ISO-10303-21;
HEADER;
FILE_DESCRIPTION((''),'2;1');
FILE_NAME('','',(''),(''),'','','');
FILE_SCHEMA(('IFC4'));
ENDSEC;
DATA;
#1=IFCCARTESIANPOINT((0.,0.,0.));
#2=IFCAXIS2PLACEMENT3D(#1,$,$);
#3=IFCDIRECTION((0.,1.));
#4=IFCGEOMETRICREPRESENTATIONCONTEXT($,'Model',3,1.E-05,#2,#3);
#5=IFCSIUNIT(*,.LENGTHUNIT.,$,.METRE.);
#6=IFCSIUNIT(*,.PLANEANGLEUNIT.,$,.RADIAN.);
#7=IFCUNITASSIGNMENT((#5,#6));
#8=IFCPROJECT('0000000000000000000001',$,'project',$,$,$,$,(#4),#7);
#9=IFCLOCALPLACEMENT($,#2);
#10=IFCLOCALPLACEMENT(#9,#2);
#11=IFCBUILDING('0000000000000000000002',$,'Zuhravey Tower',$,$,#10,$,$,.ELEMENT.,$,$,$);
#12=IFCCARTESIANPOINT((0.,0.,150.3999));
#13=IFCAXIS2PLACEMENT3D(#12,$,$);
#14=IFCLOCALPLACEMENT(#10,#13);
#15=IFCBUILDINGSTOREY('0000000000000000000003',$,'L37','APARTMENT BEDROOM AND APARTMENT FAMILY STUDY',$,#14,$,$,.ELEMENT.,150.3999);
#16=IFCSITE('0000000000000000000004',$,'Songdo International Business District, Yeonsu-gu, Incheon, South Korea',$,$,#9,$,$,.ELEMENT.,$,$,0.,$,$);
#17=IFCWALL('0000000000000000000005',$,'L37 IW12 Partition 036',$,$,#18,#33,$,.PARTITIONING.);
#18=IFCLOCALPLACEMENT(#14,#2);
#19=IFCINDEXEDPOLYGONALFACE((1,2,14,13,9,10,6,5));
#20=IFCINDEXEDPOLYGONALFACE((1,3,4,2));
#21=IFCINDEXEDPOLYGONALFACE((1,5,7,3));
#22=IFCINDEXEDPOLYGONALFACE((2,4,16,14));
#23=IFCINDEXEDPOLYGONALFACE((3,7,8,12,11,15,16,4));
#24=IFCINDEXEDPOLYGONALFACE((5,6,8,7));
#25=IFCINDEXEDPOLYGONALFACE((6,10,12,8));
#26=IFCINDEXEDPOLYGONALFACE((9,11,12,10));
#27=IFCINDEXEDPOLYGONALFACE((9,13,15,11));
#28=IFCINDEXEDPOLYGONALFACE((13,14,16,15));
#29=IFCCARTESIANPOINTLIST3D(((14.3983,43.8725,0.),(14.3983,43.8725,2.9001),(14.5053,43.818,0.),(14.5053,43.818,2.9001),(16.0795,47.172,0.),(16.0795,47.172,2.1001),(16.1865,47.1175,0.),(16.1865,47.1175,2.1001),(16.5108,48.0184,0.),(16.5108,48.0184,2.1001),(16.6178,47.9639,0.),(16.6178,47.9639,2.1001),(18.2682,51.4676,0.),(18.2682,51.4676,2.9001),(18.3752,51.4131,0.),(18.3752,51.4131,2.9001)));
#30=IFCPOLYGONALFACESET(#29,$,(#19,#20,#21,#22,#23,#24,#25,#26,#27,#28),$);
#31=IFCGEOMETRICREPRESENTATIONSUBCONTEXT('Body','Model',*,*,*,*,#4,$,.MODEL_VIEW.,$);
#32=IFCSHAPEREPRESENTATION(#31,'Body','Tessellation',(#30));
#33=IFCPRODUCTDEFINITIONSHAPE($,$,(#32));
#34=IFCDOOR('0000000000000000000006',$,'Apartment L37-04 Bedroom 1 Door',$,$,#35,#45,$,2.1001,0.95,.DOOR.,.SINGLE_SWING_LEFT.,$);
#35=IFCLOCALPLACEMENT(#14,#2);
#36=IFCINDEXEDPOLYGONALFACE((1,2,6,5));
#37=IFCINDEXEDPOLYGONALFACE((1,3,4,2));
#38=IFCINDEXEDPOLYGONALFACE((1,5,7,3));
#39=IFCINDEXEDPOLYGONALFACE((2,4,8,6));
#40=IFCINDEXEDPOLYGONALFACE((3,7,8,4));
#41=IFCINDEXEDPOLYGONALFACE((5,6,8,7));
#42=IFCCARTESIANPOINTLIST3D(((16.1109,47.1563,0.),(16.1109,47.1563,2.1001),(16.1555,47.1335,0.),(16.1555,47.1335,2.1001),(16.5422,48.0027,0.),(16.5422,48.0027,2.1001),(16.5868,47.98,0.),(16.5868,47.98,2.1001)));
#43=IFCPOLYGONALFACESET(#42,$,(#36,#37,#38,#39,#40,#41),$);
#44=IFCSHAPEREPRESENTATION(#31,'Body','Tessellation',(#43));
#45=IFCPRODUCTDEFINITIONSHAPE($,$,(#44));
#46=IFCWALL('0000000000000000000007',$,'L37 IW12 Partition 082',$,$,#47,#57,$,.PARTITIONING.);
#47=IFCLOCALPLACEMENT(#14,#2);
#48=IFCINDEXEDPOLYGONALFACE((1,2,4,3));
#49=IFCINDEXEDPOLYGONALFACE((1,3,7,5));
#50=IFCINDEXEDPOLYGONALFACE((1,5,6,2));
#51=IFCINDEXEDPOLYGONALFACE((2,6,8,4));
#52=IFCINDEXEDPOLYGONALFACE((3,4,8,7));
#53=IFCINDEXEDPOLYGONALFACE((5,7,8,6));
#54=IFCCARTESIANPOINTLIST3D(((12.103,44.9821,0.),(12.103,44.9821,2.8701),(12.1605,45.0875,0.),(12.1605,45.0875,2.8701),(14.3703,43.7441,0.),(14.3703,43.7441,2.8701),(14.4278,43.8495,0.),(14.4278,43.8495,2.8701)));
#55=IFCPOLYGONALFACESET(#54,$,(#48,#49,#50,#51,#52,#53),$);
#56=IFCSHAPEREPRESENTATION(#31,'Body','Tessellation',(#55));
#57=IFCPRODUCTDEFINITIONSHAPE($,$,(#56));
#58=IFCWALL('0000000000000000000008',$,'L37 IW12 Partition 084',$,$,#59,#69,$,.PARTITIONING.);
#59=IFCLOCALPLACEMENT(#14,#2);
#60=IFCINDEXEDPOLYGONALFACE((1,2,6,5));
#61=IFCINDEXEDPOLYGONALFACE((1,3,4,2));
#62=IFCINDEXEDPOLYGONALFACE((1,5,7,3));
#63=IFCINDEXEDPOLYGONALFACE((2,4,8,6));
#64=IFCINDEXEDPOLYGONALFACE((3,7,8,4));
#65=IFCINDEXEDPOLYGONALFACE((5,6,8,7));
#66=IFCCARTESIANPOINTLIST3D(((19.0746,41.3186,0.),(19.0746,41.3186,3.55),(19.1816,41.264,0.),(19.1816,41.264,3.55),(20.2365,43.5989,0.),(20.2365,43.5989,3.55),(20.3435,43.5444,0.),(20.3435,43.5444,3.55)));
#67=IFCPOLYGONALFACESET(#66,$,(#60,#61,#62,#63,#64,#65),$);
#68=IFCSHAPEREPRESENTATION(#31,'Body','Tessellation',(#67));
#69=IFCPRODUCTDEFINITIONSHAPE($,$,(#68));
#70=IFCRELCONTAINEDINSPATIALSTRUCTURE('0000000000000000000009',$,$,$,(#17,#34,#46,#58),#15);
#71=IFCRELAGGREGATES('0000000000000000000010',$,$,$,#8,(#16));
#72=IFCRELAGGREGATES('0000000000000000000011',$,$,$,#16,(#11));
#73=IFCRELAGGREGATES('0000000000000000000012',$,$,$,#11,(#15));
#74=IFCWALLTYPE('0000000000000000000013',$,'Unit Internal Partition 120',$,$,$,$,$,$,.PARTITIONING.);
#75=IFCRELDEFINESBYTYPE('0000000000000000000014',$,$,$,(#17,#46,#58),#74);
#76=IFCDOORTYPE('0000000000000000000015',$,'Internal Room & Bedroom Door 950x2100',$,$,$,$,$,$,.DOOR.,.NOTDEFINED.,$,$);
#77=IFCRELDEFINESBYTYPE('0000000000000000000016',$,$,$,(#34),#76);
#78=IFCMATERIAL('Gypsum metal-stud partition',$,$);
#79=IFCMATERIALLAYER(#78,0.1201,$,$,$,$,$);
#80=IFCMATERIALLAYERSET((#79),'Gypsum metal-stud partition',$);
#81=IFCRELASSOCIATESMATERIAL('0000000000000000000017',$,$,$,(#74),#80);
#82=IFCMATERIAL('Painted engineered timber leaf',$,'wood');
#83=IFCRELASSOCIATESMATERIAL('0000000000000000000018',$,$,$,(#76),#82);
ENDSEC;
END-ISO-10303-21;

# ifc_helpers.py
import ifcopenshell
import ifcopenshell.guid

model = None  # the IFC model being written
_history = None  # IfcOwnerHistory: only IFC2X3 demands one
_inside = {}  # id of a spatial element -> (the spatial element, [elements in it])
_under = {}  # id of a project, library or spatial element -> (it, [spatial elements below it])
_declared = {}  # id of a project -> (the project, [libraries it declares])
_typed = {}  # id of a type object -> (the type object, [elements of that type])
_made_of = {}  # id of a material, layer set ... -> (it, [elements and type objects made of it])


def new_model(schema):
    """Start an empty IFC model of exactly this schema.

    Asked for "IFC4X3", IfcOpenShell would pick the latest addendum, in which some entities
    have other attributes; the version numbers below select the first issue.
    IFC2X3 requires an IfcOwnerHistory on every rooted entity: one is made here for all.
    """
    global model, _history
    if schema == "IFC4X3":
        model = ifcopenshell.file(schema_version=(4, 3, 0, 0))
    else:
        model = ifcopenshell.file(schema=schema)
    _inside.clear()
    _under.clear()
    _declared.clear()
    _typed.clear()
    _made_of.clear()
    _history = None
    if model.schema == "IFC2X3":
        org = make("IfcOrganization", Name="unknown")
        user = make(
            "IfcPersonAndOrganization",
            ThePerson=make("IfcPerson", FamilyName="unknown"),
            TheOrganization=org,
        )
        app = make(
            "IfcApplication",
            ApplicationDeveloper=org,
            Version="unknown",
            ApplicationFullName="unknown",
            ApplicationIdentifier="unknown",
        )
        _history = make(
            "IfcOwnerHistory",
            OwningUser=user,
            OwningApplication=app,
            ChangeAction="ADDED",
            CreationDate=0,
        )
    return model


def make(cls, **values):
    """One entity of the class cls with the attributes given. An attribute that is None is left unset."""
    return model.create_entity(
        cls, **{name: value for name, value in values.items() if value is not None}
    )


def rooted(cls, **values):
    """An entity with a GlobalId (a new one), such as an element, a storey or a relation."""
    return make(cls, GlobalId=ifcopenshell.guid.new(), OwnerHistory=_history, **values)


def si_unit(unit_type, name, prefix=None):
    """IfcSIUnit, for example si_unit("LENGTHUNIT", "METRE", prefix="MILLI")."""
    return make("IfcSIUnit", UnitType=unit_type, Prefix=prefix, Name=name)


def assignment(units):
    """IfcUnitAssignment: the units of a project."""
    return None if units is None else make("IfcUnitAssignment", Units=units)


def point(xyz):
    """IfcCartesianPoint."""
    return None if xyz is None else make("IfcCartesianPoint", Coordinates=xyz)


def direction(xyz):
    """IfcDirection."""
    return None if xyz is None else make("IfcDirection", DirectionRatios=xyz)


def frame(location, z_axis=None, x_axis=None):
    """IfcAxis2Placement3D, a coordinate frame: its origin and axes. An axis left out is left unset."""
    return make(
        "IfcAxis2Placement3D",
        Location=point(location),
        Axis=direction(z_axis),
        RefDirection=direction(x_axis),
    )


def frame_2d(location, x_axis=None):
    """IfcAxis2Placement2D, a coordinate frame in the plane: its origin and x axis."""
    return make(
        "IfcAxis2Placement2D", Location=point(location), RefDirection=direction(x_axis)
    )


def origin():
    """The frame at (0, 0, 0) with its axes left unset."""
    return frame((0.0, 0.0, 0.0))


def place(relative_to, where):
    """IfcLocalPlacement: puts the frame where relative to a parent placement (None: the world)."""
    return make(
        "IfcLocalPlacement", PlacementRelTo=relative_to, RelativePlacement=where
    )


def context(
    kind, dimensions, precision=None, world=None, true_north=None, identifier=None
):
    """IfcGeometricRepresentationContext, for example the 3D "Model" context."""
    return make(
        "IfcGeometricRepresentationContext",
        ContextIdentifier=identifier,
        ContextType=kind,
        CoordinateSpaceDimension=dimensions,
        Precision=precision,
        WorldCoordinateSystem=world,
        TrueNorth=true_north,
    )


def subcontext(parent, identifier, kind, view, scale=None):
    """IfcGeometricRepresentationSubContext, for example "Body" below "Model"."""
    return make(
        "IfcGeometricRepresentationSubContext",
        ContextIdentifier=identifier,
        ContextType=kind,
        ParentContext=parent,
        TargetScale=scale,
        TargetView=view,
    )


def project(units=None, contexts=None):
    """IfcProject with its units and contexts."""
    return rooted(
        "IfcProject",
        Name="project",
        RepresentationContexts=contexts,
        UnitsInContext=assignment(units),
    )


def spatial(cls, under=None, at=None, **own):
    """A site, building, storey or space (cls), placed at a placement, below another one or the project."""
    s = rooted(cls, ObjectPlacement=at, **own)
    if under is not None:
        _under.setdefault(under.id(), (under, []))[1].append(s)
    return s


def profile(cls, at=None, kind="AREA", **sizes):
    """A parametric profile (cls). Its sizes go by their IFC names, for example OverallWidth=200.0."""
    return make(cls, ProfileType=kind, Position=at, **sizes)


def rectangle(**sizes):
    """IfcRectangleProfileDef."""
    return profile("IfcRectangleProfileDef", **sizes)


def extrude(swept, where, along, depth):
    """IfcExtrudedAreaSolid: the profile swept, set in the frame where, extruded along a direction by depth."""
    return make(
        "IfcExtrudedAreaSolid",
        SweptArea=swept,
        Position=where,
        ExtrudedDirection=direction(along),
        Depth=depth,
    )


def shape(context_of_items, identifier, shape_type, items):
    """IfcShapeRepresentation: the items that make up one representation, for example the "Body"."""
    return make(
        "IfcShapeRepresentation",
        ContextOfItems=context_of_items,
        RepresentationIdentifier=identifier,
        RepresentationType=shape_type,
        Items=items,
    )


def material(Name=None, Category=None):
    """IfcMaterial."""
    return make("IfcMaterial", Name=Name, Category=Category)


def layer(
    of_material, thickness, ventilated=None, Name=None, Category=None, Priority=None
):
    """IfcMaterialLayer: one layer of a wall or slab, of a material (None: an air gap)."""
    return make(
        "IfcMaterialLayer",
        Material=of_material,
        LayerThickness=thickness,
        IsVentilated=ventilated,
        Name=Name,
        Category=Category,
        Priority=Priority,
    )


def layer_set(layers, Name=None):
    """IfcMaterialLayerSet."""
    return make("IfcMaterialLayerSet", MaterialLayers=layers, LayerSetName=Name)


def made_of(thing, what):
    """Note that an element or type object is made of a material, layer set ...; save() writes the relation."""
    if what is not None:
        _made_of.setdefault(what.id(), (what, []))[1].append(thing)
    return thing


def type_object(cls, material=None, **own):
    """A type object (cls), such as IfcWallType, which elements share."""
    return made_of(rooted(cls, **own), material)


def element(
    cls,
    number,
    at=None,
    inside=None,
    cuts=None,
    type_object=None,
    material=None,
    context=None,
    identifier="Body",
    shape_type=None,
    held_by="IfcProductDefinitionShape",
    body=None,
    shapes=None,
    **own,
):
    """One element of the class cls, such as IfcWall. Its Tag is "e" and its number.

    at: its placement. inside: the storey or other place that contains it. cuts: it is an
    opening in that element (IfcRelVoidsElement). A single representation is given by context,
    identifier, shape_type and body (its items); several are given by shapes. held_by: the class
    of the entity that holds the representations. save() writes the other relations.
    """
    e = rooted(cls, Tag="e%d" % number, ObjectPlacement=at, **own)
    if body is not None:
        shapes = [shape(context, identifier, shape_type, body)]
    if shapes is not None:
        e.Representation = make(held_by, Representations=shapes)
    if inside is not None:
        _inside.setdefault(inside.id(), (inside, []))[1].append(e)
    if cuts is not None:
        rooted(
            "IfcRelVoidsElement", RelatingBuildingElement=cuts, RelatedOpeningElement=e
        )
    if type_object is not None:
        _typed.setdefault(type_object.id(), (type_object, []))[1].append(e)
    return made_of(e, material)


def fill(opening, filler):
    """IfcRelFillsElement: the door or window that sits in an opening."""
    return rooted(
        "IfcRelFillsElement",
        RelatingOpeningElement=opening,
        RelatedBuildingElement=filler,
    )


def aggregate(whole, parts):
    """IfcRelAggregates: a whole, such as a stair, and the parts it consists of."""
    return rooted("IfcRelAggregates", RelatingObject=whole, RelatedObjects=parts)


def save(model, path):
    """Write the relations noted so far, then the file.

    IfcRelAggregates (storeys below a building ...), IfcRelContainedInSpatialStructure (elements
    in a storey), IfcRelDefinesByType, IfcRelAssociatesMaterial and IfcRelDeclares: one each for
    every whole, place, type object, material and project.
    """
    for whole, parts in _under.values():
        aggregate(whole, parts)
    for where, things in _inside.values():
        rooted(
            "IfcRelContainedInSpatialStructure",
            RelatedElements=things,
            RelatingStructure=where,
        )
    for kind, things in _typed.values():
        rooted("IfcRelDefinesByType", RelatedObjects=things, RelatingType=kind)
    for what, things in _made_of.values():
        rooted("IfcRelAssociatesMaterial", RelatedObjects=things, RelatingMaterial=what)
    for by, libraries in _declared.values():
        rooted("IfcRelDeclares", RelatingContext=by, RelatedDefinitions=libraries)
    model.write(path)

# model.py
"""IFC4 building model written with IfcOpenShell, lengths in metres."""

from ifc_helpers import new_model, si_unit, direction, frame, frame_2d, origin, place, context, subcontext, project, spatial, rectangle, extrude, material, layer, layer_set, type_object, element, fill, save


model = new_model("IFC4")

# Units and contexts
model_context = context("Model", 3, precision=1e-05, world=origin(), true_north=direction((0.0, 1.0)))
body_context = subcontext(model_context, "Body", "Model", "MODEL_VIEW")
ifc_project = project(units=[si_unit("LENGTHUNIT", "METRE"), si_unit("PLANEANGLEUNIT", "RADIAN")], contexts=[model_context])

# Site, building, storey
site_placement = place(None, origin())
site = spatial("IfcSite", under=ifc_project, at=site_placement, Name="Songdo International Business District, Yeonsu-gu, Incheon, South Korea", CompositionType="ELEMENT", RefElevation=0.0)
building_placement = place(site_placement, origin())
building = spatial("IfcBuilding", under=site, at=building_placement, Name="Zuhravey Tower", CompositionType="ELEMENT")
storey_placement = place(building_placement, frame((0.0, 0.0, 150.3999)))
storey = spatial("IfcBuildingStorey", under=building, at=storey_placement, Name="L37", Description="APARTMENT BEDROOM AND APARTMENT FAMILY STUDY", CompositionType="ELEMENT", Elevation=150.3999)

# Wall, opening, door
ifc_material_1 = material(Name="Gypsum metal-stud partition")
ifc_layer_1 = layer(ifc_material_1, 0.1201)
ifc_layer_set_1 = layer_set([ifc_layer_1], Name="Gypsum metal-stud partition")
wall_type_1 = type_object("IfcWallType", Name="Unit Internal Partition 120", PredefinedType="PARTITIONING", material=ifc_layer_set_1)
wall_1_placement = place(storey_placement, frame((18.3218, 51.4404, 0.0), z_axis=(0.0, 0.0, 1.0), x_axis=(-0.453994, -0.891005, 0.0)))
wall_1 = element("IfcWall", 1, at=wall_1_placement, inside=storey, type_object=wall_type_1, Name="L37 IW12 Partition 036", PredefinedType="PARTITIONING", context=body_context, shape_type="SweptSolid", body=[
    extrude(rectangle(XDim=8.5242, YDim=0.1201, at=frame_2d((4.2622, 0.0))), origin(), (0.0, 0.0, 1.0), 2.9001),
])
opening_1_placement = place(wall_1_placement, frame((3.8711, 0.0, 0.0)))
opening_1 = element("IfcOpeningElement", 2, at=opening_1_placement, cuts=wall_1, PredefinedType="OPENING", context=body_context, shape_type="SweptSolid", body=[
    extrude(rectangle(XDim=0.95, YDim=2.1001, at=frame_2d((0.4751, 1.05))), frame((0.0, 0.072, 0.0), z_axis=(0.0, -1.0, 0.0), x_axis=(1.0, 0.0, 0.0)), (0.0, 0.0, 1.0), 0.144),
])
ifc_material_2 = material(Name="Painted engineered timber leaf", Category="wood")
door_type = type_object("IfcDoorType", Name="Internal Room & Bedroom Door 950x2100", OperationType="NOTDEFINED", PredefinedType="DOOR", material=ifc_material_2)
door_placement = place(opening_1_placement, frame((0.95, 0.0, 0.0), z_axis=(0.0, 0.0, 1.0), x_axis=(-1.0, 0.0, 0.0)))
door = element("IfcDoor", 3, at=door_placement, inside=storey, type_object=door_type, Name="Apartment L37-04 Bedroom 1 Door", OperationType="SINGLE_SWING_LEFT", OverallHeight=2.1001, OverallWidth=0.95, PredefinedType="DOOR", context=body_context, shape_type="SweptSolid", body=[
    extrude(rectangle(XDim=0.95, YDim=2.1001, at=frame_2d((0.4751, 1.05))), frame((0.0, 0.0249, 0.0), z_axis=(0.0, -1.0, 0.0), x_axis=(1.0, 0.0, 0.0)), (0.0, 0.0, 1.0), 0.05),
])
fill(opening_1, door)

# Walls
wall_2_placement = place(storey_placement, frame((14.3989, 43.7969, 0.0), z_axis=(0.0, 0.0, 1.0), x_axis=(-0.877682, 0.479243, 0.0)))
element("IfcWall", 4, at=wall_2_placement, inside=storey, type_object=wall_type_1, Name="L37 IW12 Partition 082", PredefinedType="PARTITIONING", context=body_context, shape_type="SweptSolid", body=[
    extrude(rectangle(XDim=2.5833, YDim=0.1201, at=frame_2d((1.2915, 0.0))), origin(), (0.0, 0.0, 1.0), 2.8701),
])
wall_3_placement = place(storey_placement, frame((20.29, 43.5718, 0.0), z_axis=(0.0, 0.0, 1.0), x_axis=(-0.453993, -0.891005, 0.0)))
element("IfcWall", 5, at=wall_3_placement, inside=storey, type_object=wall_type_1, Name="L37 IW12 Partition 084", PredefinedType="PARTITIONING", context=body_context, shape_type="SweptSolid", body=[
    extrude(rectangle(XDim=2.5593, YDim=0.1201, at=frame_2d((1.2798, 0.0))), origin(), (0.0, 0.0, 1.0), 3.55),
])

save(model, "model.ifc")
